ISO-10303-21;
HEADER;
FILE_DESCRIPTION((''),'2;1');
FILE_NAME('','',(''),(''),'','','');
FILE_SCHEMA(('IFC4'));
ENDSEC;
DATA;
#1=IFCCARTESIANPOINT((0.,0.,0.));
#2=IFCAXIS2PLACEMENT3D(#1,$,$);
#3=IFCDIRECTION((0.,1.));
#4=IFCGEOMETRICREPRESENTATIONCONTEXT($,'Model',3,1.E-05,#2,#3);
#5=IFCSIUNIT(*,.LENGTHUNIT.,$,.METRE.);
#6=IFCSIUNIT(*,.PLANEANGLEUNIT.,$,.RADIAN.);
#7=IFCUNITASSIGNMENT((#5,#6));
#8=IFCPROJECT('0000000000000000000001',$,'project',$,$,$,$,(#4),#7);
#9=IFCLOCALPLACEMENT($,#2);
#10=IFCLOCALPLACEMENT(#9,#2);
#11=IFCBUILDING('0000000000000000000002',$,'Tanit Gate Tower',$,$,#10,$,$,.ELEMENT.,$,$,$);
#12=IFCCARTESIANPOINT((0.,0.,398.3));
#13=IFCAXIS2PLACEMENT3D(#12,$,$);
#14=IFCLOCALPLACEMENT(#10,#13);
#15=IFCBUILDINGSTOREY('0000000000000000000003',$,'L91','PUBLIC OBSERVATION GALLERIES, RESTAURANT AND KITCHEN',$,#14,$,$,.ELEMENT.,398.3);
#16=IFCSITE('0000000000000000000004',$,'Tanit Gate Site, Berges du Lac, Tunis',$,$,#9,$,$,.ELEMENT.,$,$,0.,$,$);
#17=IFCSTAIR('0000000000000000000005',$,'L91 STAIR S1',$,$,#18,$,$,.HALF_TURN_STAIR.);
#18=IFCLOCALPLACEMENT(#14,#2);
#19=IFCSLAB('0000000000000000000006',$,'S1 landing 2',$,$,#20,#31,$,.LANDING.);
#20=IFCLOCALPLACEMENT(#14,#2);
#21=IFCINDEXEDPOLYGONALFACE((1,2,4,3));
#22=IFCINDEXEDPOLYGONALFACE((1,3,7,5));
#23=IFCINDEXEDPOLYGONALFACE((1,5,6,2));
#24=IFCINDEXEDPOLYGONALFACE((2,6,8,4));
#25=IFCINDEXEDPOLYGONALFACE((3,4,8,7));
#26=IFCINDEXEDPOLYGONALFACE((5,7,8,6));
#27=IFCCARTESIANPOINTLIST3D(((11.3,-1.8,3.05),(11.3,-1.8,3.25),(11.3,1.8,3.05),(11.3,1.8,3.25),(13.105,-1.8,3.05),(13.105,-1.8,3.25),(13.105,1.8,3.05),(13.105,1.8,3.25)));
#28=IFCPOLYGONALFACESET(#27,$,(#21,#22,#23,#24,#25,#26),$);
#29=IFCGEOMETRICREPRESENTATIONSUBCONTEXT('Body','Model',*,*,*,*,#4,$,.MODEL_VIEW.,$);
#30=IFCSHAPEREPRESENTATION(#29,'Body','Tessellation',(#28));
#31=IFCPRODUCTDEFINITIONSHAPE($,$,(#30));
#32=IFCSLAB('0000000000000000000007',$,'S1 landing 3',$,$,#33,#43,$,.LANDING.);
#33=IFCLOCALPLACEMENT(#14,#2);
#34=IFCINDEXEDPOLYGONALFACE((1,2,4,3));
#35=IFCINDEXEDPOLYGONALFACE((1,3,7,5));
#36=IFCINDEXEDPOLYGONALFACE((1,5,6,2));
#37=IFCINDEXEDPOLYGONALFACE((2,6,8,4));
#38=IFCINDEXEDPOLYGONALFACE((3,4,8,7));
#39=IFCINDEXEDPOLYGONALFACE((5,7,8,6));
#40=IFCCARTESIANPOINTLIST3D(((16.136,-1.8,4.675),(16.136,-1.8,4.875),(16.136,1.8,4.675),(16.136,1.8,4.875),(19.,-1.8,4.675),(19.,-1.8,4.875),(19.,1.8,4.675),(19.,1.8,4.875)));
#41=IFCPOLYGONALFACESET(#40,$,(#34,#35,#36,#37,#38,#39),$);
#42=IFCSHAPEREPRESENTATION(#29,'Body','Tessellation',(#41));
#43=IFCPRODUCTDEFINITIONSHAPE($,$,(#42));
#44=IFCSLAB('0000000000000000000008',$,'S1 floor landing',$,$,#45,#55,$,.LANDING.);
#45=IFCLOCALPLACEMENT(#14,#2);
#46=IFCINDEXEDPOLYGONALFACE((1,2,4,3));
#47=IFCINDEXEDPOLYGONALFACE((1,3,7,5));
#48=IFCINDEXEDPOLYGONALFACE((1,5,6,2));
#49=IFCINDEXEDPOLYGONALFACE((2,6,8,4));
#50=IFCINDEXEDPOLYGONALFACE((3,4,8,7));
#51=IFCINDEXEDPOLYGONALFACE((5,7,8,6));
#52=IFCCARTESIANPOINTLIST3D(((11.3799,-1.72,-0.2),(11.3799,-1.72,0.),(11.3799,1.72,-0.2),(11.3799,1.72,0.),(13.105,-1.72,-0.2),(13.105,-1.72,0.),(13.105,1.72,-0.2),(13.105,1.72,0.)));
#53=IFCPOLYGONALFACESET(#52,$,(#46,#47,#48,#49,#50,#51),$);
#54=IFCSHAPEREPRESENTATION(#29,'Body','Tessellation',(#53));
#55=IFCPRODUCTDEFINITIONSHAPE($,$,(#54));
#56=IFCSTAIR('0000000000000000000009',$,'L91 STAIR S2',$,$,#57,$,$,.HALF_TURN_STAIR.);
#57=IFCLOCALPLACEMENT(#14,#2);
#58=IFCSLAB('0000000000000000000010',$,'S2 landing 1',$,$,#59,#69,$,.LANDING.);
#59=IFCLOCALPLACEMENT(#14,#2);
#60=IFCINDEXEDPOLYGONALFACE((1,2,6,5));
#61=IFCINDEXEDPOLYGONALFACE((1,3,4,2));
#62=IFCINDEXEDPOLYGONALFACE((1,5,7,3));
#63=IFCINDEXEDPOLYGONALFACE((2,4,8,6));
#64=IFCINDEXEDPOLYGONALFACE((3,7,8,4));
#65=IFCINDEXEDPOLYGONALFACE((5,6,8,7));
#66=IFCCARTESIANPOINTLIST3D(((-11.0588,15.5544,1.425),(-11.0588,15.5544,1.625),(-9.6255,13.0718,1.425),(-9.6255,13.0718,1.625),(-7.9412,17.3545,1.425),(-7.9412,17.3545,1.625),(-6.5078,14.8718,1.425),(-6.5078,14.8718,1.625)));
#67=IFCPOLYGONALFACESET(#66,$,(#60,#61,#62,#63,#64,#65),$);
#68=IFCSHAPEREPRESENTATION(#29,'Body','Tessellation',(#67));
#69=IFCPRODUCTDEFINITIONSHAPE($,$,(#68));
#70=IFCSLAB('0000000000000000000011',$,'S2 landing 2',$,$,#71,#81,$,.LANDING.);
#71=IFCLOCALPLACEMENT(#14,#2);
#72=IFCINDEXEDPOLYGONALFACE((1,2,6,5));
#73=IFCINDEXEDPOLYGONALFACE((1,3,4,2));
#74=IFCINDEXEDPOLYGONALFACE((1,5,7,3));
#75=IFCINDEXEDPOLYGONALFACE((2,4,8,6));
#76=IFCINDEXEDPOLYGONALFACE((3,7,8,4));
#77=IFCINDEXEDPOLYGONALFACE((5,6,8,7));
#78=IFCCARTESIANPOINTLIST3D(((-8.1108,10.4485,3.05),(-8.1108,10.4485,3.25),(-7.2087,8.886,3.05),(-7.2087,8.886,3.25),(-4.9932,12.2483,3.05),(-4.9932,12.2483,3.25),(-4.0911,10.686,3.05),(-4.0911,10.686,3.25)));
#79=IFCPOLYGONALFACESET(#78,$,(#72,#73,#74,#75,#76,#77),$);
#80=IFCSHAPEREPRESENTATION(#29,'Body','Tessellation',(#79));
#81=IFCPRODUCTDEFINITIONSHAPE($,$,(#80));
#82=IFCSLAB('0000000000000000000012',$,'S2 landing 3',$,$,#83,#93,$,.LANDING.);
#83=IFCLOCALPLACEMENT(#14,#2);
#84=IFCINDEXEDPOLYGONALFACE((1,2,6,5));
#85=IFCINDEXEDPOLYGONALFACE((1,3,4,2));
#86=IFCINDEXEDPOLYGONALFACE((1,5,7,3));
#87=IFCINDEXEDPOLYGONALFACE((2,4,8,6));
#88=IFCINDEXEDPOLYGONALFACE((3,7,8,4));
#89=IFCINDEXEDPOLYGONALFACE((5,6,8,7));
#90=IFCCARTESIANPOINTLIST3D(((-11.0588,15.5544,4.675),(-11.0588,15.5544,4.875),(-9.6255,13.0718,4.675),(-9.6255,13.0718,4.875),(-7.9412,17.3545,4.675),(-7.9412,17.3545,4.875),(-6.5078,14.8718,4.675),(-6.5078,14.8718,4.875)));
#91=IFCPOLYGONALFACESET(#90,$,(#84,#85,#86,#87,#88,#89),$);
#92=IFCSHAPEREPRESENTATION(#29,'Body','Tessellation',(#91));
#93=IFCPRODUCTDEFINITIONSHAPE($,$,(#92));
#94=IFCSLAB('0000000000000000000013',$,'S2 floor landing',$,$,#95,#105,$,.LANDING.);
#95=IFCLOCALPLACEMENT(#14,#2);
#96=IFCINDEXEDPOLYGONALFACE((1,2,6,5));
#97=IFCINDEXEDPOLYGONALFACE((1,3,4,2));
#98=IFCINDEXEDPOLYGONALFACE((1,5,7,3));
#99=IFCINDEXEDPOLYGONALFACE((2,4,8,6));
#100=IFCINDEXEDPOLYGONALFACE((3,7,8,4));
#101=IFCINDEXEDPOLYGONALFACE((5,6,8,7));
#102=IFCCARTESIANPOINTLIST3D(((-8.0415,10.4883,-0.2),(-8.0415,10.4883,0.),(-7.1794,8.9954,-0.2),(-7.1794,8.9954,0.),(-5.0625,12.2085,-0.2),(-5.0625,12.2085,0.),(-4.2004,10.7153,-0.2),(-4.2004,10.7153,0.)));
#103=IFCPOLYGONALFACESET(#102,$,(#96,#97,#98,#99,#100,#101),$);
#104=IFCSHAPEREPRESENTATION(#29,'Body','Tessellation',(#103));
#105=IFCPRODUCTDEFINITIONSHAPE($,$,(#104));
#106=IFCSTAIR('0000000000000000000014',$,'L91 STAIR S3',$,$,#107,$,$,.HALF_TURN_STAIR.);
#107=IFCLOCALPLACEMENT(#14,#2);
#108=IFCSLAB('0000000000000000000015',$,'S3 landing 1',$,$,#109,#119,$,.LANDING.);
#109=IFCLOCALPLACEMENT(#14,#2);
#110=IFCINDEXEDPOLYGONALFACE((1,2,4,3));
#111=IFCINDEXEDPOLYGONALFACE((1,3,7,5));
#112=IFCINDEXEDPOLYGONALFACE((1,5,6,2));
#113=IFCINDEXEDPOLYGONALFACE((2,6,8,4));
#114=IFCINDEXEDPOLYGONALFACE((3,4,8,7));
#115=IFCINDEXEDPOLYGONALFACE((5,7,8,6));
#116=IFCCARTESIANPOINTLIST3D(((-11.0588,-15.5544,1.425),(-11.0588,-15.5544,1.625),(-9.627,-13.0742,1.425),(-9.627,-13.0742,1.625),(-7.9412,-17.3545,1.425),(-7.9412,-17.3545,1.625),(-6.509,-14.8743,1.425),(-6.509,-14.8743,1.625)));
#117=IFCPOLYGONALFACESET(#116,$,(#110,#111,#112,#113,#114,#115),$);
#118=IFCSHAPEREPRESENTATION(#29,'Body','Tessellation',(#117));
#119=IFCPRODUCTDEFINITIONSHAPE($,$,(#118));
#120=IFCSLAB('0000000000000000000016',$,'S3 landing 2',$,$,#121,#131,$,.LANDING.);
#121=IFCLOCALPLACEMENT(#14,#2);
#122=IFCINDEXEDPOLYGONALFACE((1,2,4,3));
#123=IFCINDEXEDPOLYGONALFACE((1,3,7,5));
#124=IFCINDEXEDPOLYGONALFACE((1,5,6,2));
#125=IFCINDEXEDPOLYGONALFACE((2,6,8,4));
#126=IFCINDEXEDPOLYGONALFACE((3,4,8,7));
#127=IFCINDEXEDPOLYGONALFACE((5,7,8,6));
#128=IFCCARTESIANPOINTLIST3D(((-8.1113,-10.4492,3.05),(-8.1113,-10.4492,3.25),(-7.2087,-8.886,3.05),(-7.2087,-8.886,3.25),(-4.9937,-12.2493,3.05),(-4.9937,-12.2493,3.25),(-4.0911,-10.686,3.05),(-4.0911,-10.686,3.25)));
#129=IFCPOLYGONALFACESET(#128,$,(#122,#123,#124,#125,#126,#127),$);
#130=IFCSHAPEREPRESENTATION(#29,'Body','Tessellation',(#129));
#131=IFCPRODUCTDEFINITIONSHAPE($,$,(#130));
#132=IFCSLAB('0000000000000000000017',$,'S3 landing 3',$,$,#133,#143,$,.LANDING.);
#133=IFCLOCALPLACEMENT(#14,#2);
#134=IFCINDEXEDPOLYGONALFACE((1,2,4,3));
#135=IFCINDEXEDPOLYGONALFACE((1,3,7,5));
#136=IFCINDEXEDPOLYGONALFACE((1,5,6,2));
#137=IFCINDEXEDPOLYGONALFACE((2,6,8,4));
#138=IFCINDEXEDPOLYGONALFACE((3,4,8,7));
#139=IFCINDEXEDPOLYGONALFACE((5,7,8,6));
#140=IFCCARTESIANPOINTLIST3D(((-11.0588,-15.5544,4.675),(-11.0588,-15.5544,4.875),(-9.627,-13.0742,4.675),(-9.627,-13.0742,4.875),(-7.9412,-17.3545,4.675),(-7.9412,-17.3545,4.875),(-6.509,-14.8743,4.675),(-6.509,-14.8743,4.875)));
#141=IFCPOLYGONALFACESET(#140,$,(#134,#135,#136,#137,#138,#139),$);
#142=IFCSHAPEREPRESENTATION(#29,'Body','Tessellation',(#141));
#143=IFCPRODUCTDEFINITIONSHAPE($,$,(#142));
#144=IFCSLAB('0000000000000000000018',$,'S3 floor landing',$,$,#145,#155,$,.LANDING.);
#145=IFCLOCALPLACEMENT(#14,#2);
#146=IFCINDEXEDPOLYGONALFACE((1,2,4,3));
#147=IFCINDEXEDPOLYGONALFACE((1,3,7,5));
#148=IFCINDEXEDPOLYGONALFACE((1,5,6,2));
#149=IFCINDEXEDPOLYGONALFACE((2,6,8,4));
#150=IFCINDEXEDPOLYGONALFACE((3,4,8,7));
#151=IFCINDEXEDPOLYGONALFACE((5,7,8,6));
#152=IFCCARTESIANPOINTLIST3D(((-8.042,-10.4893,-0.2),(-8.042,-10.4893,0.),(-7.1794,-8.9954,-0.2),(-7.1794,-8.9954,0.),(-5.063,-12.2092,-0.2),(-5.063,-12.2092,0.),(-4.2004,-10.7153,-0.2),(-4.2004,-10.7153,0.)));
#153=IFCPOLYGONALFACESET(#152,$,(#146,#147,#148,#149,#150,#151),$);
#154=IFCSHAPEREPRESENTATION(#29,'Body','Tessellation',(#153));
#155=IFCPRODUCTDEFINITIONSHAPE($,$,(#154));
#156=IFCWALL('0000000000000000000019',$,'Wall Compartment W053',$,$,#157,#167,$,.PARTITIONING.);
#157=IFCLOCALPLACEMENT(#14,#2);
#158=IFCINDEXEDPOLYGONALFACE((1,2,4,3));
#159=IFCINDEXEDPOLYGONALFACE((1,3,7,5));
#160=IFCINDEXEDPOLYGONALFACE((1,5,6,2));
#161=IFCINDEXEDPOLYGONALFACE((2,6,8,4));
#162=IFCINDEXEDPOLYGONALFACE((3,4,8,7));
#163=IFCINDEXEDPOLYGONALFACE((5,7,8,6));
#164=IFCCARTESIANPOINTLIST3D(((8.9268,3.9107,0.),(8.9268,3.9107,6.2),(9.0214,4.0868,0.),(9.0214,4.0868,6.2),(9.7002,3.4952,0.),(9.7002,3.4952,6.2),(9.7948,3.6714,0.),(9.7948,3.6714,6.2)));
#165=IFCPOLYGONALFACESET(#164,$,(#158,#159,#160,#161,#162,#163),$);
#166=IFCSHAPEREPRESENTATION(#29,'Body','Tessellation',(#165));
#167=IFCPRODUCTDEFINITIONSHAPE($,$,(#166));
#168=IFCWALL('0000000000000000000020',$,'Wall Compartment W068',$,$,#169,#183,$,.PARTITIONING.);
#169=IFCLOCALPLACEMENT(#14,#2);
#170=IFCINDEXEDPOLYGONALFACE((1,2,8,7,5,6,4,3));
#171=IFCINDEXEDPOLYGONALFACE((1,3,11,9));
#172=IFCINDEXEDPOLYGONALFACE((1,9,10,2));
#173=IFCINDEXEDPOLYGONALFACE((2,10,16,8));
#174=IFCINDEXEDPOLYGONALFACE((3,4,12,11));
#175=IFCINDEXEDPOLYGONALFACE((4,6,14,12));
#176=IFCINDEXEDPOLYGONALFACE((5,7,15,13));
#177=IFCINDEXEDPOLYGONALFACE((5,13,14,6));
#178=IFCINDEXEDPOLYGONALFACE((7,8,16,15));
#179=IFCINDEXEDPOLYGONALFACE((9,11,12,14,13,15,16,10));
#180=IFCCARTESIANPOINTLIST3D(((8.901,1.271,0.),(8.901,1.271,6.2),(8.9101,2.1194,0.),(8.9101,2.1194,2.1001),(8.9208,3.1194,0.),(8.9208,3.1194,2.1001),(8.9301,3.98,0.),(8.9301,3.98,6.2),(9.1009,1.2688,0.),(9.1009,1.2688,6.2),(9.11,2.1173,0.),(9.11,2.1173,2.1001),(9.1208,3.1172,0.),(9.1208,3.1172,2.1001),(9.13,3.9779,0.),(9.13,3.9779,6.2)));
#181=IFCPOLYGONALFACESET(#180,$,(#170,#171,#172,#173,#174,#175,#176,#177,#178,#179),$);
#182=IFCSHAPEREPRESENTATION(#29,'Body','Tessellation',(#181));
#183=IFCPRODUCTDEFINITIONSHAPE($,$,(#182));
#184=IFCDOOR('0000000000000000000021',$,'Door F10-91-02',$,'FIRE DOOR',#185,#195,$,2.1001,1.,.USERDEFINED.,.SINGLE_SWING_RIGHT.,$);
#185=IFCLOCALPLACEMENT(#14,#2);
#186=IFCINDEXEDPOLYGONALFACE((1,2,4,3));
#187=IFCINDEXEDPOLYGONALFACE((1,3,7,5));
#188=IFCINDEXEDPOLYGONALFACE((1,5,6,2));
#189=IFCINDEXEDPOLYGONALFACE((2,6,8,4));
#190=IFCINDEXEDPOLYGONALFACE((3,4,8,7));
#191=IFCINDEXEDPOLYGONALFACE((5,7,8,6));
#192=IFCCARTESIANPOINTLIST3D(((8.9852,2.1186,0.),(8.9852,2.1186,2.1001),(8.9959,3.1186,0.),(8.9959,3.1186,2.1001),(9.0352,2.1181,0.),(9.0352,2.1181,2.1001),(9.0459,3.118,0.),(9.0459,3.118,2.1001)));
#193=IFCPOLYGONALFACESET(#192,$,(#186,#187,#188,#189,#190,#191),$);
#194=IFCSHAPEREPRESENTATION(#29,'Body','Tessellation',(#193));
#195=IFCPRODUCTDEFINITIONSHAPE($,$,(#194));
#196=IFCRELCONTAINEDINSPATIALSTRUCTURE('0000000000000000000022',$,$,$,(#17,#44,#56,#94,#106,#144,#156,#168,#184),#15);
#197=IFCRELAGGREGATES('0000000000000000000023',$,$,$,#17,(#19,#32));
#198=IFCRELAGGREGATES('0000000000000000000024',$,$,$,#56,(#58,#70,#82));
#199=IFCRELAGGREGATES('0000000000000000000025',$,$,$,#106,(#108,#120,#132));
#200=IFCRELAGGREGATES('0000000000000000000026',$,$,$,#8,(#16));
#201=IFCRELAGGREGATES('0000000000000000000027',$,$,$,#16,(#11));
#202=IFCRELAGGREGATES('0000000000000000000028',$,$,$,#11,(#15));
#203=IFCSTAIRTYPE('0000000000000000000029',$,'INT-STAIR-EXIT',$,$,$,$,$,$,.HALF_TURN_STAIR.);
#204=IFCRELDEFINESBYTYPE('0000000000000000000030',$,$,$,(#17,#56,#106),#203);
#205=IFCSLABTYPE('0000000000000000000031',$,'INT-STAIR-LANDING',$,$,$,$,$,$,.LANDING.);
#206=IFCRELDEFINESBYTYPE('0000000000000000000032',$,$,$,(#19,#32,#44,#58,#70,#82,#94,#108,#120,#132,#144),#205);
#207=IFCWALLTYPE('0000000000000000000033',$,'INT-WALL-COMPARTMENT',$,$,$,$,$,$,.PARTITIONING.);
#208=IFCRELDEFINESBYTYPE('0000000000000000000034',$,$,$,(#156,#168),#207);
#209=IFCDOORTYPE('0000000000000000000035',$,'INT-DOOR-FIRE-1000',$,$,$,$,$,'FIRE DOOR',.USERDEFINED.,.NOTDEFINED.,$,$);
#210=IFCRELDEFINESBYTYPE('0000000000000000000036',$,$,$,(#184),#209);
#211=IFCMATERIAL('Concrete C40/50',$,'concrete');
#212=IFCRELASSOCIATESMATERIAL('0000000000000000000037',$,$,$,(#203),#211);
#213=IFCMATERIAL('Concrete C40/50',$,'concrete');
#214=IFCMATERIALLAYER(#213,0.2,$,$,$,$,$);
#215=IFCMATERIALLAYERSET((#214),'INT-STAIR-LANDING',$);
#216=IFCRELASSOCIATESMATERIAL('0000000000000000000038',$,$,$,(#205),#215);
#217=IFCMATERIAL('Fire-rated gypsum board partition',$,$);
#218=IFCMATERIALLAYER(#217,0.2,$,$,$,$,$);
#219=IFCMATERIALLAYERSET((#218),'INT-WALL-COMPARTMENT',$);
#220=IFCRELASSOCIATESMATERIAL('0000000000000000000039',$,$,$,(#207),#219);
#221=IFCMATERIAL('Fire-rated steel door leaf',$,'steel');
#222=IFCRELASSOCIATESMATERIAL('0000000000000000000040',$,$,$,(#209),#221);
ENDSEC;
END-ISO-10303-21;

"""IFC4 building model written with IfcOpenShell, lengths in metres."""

from ifc_helpers import new_model, si_unit, direction, frame, frame_2d, origin, place, context, subcontext, project, spatial, polyline, rectangle, outline, extrude, material, layer, layer_set, type_object, element, fill, aggregate, save


model = new_model("IFC4")

# Units and contexts
model_context = context("Model", 3, precision=1e-05, world=origin(), true_north=direction((0.0, 1.0)))
body_context = subcontext(model_context, "Body", "Model", "MODEL_VIEW")
ifc_project = project(units=[si_unit("LENGTHUNIT", "METRE"), si_unit("PLANEANGLEUNIT", "RADIAN")], contexts=[model_context])

# Site, building, storey
site_placement = place(None, origin())
site = spatial("IfcSite", under=ifc_project, at=site_placement, Name="Tanit Gate Site, Berges du Lac, Tunis", CompositionType="ELEMENT", RefElevation=0.0)
building_placement = place(site_placement, origin())
building = spatial("IfcBuilding", under=site, at=building_placement, Name="Tanit Gate Tower", CompositionType="ELEMENT")
storey_placement = place(building_placement, frame((0.0, 0.0, 398.3)))
storey = spatial("IfcBuildingStorey", under=building, at=storey_placement, Name="L91", Description="PUBLIC OBSERVATION GALLERIES, RESTAURANT AND KITCHEN", CompositionType="ELEMENT", Elevation=398.3)

# Stair, slabs
ifc_material_1 = material(Name="Concrete C40/50", Category="concrete")
stair_type = type_object("IfcStairType", Name="INT-STAIR-EXIT", PredefinedType="HALF_TURN_STAIR", material=ifc_material_1)
stair_1_placement = place(storey_placement, origin())
stair_1 = element("IfcStair", 1, at=stair_1_placement, inside=storey, type_object=stair_type, Name="L91 STAIR S1", PredefinedType="HALF_TURN_STAIR")
ifc_material_2 = material(Name="Concrete C40/50", Category="concrete")
ifc_layer_1 = layer(ifc_material_2, 0.2)
ifc_layer_set_1 = layer_set([ifc_layer_1], Name="INT-STAIR-LANDING")
slab_type = type_object("IfcSlabType", Name="INT-STAIR-LANDING", PredefinedType="LANDING", material=ifc_layer_set_1)
slab_1_placement = place(storey_placement, frame((0.0, 0.0, 3.05)))
slab_1 = element("IfcSlab", 2, at=slab_1_placement, type_object=slab_type, Name="S1 landing 2", PredefinedType="LANDING", context=body_context, shape_type="SweptSolid", body=[
    extrude(outline(polyline([(11.3, -1.8), (13.105, -1.8), (13.105, 1.8), (11.3, 1.8), (11.3, -1.8)])), origin(), (0.0, 0.0, 1.0), 0.2),
])
slab_2_placement = place(storey_placement, frame((0.0, 0.0, 4.675)))
slab_2 = element("IfcSlab", 3, at=slab_2_placement, type_object=slab_type, Name="S1 landing 3", PredefinedType="LANDING", context=body_context, shape_type="SweptSolid", body=[
    extrude(outline(polyline([(16.136, -1.8), (19.0, -1.8), (19.0, 1.8), (16.136, 1.8), (16.136, -1.8)])), origin(), (0.0, 0.0, 1.0), 0.2),
])
aggregate(stair_1, [slab_1, slab_2])

# Slab
slab_3_placement = place(storey_placement, frame((0.0, 0.0, -0.2)))
element("IfcSlab", 4, at=slab_3_placement, inside=storey, type_object=slab_type, Name="S1 floor landing", PredefinedType="LANDING", context=body_context, shape_type="SweptSolid", body=[
    extrude(outline(polyline([(11.3799, -1.72), (13.105, -1.72), (13.105, 1.72), (11.3799, 1.72), (11.3799, -1.72)])), origin(), (0.0, 0.0, 1.0), 0.2),
])

# Stair, slabs
stair_2_placement = place(storey_placement, origin())
stair_2 = element("IfcStair", 5, at=stair_2_placement, inside=storey, type_object=stair_type, Name="L91 STAIR S2", PredefinedType="HALF_TURN_STAIR")
slab_4_placement = place(storey_placement, frame((0.0, 0.0, 1.425)))
slab_4 = element("IfcSlab", 6, at=slab_4_placement, type_object=slab_type, Name="S2 landing 1", PredefinedType="LANDING", context=body_context, shape_type="SweptSolid", body=[
    extrude(outline(polyline([(-6.5078, 14.8718), (-7.9412, 17.3545), (-11.0588, 15.5544), (-9.6255, 13.0718), (-6.5078, 14.8718)])), origin(), (0.0, 0.0, 1.0), 0.2),
])
slab_5_placement = place(storey_placement, frame((0.0, 0.0, 3.05)))
slab_5 = element("IfcSlab", 7, at=slab_5_placement, type_object=slab_type, Name="S2 landing 2", PredefinedType="LANDING", context=body_context, shape_type="SweptSolid", body=[
    extrude(outline(polyline([(-4.0911, 10.686), (-4.9932, 12.2483), (-8.1108, 10.4485), (-7.2087, 8.886), (-4.0911, 10.686)])), origin(), (0.0, 0.0, 1.0), 0.2),
])
slab_6_placement = place(storey_placement, frame((0.0, 0.0, 4.675)))
slab_6 = element("IfcSlab", 8, at=slab_6_placement, type_object=slab_type, Name="S2 landing 3", PredefinedType="LANDING", context=body_context, shape_type="SweptSolid", body=[
    extrude(outline(polyline([(-6.5078, 14.8718), (-7.9412, 17.3545), (-11.0588, 15.5544), (-9.6255, 13.0718), (-6.5078, 14.8718)])), origin(), (0.0, 0.0, 1.0), 0.2),
])
aggregate(stair_2, [slab_4, slab_5, slab_6])

# Slab
slab_7_placement = place(storey_placement, frame((0.0, 0.0, -0.2)))
element("IfcSlab", 9, at=slab_7_placement, inside=storey, type_object=slab_type, Name="S2 floor landing", PredefinedType="LANDING", context=body_context, shape_type="SweptSolid", body=[
    extrude(outline(polyline([(-4.2004, 10.7153), (-5.0625, 12.2085), (-8.0415, 10.4883), (-7.1794, 8.9954), (-4.2004, 10.7153)])), origin(), (0.0, 0.0, 1.0), 0.2),
])

# Stair, slabs
stair_3_placement = place(storey_placement, origin())
stair_3 = element("IfcStair", 10, at=stair_3_placement, inside=storey, type_object=stair_type, Name="L91 STAIR S3", PredefinedType="HALF_TURN_STAIR")
slab_8_placement = place(storey_placement, frame((0.0, 0.0, 1.425)))
slab_8 = element("IfcSlab", 11, at=slab_8_placement, type_object=slab_type, Name="S3 landing 1", PredefinedType="LANDING", context=body_context, shape_type="SweptSolid", body=[
    extrude(outline(polyline([(-9.627, -13.0742), (-11.0588, -15.5544), (-7.9412, -17.3545), (-6.509, -14.8743), (-9.627, -13.0742)])), origin(), (0.0, 0.0, 1.0), 0.2),
])
slab_9_placement = place(storey_placement, frame((0.0, 0.0, 3.05)))
slab_9 = element("IfcSlab", 12, at=slab_9_placement, type_object=slab_type, Name="S3 landing 2", PredefinedType="LANDING", context=body_context, shape_type="SweptSolid", body=[
    extrude(outline(polyline([(-7.2087, -8.886), (-8.1113, -10.4492), (-4.9937, -12.2493), (-4.0911, -10.686), (-7.2087, -8.886)])), origin(), (0.0, 0.0, 1.0), 0.2),
])
slab_10_placement = place(storey_placement, frame((0.0, 0.0, 4.675)))
slab_10 = element("IfcSlab", 13, at=slab_10_placement, type_object=slab_type, Name="S3 landing 3", PredefinedType="LANDING", context=body_context, shape_type="SweptSolid", body=[
    extrude(outline(polyline([(-9.627, -13.0742), (-11.0588, -15.5544), (-7.9412, -17.3545), (-6.509, -14.8743), (-9.627, -13.0742)])), origin(), (0.0, 0.0, 1.0), 0.2),
])
aggregate(stair_3, [slab_8, slab_9, slab_10])

# Slab
slab_11_placement = place(storey_placement, frame((0.0, 0.0, -0.2)))
element("IfcSlab", 14, at=slab_11_placement, inside=storey, type_object=slab_type, Name="S3 floor landing", PredefinedType="LANDING", context=body_context, shape_type="SweptSolid", body=[
    extrude(outline(polyline([(-7.1794, -8.9954), (-8.042, -10.4893), (-5.063, -12.2092), (-4.2004, -10.7153), (-7.1794, -8.9954)])), origin(), (0.0, 0.0, 1.0), 0.2),
])

# Wall
ifc_material_3 = material(Name="Fire-rated gypsum board partition")
ifc_layer_2 = layer(ifc_material_3, 0.2)
ifc_layer_set_2 = layer_set([ifc_layer_2], Name="INT-WALL-COMPARTMENT")
wall_type_1 = type_object("IfcWallType", Name="INT-WALL-COMPARTMENT", PredefinedType="PARTITIONING", material=ifc_layer_set_2)
wall_1_placement = place(storey_placement, frame((8.9741, 3.9988, 0.0), z_axis=(0.0, 0.0, 1.0), x_axis=(0.880917, -0.473271, 0.0)))
element("IfcWall", 15, at=wall_1_placement, inside=storey, type_object=wall_type_1, Name="Wall Compartment W053", PredefinedType="PARTITIONING", context=body_context, shape_type="SweptSolid", body=[
    extrude(rectangle(XDim=0.8779, YDim=0.2, at=frame_2d((0.439, 0.0))), origin(), (0.0, 0.0, 1.0), 6.2),
])

# Wall, opening, door
wall_2_placement = place(storey_placement, frame((9.001, 1.27, 0.0), z_axis=(0.0, 0.0, 1.0), x_axis=(0.010724, 0.999942, 0.0)))
wall_2 = element("IfcWall", 16, at=wall_2_placement, inside=storey, type_object=wall_type_1, Name="Wall Compartment W068", PredefinedType="PARTITIONING", context=body_context, shape_type="SweptSolid", body=[
    extrude(rectangle(XDim=2.7092, YDim=0.2, at=frame_2d((1.3545, 0.0))), origin(), (0.0, 0.0, 1.0), 6.2),
])
opening_1_placement = place(wall_2_placement, frame((0.8484, 0.0, 0.0)))
opening_1 = element("IfcOpeningElement", 17, at=opening_1_placement, cuts=wall_2, PredefinedType="OPENING", context=body_context, shape_type="SweptSolid", body=[
    extrude(rectangle(XDim=1.0, YDim=2.1001, at=frame_2d((0.5, 1.05))), frame((0.0, 0.1099, 0.0), z_axis=(0.0, -1.0, 0.0), x_axis=(1.0, 0.0, 0.0)), (0.0, 0.0, 1.0), 0.22),
])
ifc_material_4 = material(Name="Fire-rated steel door leaf", Category="steel")
door_type_1 = type_object("IfcDoorType", Name="INT-DOOR-FIRE-1000", ElementType="FIRE DOOR", OperationType="NOTDEFINED", PredefinedType="USERDEFINED", material=ifc_material_4)
door_1_placement = place(opening_1_placement, origin())
door_1 = element("IfcDoor", 18, at=door_1_placement, inside=storey, type_object=door_type_1, Name="Door F10-91-02", ObjectType="FIRE DOOR", OperationType="SINGLE_SWING_RIGHT", OverallHeight=2.1001, OverallWidth=1.0, PredefinedType="USERDEFINED", context=body_context, shape_type="SweptSolid", body=[
    extrude(rectangle(XDim=1.0, YDim=2.1001, at=frame_2d((0.5, 1.05))), frame((0.0, 0.0249, 0.0), z_axis=(0.0, -1.0, 0.0), x_axis=(1.0, 0.0, 0.0)), (0.0, 0.0, 1.0), 0.05),
])
fill(opening_1, door_1)

save(model, "model.ifc")
